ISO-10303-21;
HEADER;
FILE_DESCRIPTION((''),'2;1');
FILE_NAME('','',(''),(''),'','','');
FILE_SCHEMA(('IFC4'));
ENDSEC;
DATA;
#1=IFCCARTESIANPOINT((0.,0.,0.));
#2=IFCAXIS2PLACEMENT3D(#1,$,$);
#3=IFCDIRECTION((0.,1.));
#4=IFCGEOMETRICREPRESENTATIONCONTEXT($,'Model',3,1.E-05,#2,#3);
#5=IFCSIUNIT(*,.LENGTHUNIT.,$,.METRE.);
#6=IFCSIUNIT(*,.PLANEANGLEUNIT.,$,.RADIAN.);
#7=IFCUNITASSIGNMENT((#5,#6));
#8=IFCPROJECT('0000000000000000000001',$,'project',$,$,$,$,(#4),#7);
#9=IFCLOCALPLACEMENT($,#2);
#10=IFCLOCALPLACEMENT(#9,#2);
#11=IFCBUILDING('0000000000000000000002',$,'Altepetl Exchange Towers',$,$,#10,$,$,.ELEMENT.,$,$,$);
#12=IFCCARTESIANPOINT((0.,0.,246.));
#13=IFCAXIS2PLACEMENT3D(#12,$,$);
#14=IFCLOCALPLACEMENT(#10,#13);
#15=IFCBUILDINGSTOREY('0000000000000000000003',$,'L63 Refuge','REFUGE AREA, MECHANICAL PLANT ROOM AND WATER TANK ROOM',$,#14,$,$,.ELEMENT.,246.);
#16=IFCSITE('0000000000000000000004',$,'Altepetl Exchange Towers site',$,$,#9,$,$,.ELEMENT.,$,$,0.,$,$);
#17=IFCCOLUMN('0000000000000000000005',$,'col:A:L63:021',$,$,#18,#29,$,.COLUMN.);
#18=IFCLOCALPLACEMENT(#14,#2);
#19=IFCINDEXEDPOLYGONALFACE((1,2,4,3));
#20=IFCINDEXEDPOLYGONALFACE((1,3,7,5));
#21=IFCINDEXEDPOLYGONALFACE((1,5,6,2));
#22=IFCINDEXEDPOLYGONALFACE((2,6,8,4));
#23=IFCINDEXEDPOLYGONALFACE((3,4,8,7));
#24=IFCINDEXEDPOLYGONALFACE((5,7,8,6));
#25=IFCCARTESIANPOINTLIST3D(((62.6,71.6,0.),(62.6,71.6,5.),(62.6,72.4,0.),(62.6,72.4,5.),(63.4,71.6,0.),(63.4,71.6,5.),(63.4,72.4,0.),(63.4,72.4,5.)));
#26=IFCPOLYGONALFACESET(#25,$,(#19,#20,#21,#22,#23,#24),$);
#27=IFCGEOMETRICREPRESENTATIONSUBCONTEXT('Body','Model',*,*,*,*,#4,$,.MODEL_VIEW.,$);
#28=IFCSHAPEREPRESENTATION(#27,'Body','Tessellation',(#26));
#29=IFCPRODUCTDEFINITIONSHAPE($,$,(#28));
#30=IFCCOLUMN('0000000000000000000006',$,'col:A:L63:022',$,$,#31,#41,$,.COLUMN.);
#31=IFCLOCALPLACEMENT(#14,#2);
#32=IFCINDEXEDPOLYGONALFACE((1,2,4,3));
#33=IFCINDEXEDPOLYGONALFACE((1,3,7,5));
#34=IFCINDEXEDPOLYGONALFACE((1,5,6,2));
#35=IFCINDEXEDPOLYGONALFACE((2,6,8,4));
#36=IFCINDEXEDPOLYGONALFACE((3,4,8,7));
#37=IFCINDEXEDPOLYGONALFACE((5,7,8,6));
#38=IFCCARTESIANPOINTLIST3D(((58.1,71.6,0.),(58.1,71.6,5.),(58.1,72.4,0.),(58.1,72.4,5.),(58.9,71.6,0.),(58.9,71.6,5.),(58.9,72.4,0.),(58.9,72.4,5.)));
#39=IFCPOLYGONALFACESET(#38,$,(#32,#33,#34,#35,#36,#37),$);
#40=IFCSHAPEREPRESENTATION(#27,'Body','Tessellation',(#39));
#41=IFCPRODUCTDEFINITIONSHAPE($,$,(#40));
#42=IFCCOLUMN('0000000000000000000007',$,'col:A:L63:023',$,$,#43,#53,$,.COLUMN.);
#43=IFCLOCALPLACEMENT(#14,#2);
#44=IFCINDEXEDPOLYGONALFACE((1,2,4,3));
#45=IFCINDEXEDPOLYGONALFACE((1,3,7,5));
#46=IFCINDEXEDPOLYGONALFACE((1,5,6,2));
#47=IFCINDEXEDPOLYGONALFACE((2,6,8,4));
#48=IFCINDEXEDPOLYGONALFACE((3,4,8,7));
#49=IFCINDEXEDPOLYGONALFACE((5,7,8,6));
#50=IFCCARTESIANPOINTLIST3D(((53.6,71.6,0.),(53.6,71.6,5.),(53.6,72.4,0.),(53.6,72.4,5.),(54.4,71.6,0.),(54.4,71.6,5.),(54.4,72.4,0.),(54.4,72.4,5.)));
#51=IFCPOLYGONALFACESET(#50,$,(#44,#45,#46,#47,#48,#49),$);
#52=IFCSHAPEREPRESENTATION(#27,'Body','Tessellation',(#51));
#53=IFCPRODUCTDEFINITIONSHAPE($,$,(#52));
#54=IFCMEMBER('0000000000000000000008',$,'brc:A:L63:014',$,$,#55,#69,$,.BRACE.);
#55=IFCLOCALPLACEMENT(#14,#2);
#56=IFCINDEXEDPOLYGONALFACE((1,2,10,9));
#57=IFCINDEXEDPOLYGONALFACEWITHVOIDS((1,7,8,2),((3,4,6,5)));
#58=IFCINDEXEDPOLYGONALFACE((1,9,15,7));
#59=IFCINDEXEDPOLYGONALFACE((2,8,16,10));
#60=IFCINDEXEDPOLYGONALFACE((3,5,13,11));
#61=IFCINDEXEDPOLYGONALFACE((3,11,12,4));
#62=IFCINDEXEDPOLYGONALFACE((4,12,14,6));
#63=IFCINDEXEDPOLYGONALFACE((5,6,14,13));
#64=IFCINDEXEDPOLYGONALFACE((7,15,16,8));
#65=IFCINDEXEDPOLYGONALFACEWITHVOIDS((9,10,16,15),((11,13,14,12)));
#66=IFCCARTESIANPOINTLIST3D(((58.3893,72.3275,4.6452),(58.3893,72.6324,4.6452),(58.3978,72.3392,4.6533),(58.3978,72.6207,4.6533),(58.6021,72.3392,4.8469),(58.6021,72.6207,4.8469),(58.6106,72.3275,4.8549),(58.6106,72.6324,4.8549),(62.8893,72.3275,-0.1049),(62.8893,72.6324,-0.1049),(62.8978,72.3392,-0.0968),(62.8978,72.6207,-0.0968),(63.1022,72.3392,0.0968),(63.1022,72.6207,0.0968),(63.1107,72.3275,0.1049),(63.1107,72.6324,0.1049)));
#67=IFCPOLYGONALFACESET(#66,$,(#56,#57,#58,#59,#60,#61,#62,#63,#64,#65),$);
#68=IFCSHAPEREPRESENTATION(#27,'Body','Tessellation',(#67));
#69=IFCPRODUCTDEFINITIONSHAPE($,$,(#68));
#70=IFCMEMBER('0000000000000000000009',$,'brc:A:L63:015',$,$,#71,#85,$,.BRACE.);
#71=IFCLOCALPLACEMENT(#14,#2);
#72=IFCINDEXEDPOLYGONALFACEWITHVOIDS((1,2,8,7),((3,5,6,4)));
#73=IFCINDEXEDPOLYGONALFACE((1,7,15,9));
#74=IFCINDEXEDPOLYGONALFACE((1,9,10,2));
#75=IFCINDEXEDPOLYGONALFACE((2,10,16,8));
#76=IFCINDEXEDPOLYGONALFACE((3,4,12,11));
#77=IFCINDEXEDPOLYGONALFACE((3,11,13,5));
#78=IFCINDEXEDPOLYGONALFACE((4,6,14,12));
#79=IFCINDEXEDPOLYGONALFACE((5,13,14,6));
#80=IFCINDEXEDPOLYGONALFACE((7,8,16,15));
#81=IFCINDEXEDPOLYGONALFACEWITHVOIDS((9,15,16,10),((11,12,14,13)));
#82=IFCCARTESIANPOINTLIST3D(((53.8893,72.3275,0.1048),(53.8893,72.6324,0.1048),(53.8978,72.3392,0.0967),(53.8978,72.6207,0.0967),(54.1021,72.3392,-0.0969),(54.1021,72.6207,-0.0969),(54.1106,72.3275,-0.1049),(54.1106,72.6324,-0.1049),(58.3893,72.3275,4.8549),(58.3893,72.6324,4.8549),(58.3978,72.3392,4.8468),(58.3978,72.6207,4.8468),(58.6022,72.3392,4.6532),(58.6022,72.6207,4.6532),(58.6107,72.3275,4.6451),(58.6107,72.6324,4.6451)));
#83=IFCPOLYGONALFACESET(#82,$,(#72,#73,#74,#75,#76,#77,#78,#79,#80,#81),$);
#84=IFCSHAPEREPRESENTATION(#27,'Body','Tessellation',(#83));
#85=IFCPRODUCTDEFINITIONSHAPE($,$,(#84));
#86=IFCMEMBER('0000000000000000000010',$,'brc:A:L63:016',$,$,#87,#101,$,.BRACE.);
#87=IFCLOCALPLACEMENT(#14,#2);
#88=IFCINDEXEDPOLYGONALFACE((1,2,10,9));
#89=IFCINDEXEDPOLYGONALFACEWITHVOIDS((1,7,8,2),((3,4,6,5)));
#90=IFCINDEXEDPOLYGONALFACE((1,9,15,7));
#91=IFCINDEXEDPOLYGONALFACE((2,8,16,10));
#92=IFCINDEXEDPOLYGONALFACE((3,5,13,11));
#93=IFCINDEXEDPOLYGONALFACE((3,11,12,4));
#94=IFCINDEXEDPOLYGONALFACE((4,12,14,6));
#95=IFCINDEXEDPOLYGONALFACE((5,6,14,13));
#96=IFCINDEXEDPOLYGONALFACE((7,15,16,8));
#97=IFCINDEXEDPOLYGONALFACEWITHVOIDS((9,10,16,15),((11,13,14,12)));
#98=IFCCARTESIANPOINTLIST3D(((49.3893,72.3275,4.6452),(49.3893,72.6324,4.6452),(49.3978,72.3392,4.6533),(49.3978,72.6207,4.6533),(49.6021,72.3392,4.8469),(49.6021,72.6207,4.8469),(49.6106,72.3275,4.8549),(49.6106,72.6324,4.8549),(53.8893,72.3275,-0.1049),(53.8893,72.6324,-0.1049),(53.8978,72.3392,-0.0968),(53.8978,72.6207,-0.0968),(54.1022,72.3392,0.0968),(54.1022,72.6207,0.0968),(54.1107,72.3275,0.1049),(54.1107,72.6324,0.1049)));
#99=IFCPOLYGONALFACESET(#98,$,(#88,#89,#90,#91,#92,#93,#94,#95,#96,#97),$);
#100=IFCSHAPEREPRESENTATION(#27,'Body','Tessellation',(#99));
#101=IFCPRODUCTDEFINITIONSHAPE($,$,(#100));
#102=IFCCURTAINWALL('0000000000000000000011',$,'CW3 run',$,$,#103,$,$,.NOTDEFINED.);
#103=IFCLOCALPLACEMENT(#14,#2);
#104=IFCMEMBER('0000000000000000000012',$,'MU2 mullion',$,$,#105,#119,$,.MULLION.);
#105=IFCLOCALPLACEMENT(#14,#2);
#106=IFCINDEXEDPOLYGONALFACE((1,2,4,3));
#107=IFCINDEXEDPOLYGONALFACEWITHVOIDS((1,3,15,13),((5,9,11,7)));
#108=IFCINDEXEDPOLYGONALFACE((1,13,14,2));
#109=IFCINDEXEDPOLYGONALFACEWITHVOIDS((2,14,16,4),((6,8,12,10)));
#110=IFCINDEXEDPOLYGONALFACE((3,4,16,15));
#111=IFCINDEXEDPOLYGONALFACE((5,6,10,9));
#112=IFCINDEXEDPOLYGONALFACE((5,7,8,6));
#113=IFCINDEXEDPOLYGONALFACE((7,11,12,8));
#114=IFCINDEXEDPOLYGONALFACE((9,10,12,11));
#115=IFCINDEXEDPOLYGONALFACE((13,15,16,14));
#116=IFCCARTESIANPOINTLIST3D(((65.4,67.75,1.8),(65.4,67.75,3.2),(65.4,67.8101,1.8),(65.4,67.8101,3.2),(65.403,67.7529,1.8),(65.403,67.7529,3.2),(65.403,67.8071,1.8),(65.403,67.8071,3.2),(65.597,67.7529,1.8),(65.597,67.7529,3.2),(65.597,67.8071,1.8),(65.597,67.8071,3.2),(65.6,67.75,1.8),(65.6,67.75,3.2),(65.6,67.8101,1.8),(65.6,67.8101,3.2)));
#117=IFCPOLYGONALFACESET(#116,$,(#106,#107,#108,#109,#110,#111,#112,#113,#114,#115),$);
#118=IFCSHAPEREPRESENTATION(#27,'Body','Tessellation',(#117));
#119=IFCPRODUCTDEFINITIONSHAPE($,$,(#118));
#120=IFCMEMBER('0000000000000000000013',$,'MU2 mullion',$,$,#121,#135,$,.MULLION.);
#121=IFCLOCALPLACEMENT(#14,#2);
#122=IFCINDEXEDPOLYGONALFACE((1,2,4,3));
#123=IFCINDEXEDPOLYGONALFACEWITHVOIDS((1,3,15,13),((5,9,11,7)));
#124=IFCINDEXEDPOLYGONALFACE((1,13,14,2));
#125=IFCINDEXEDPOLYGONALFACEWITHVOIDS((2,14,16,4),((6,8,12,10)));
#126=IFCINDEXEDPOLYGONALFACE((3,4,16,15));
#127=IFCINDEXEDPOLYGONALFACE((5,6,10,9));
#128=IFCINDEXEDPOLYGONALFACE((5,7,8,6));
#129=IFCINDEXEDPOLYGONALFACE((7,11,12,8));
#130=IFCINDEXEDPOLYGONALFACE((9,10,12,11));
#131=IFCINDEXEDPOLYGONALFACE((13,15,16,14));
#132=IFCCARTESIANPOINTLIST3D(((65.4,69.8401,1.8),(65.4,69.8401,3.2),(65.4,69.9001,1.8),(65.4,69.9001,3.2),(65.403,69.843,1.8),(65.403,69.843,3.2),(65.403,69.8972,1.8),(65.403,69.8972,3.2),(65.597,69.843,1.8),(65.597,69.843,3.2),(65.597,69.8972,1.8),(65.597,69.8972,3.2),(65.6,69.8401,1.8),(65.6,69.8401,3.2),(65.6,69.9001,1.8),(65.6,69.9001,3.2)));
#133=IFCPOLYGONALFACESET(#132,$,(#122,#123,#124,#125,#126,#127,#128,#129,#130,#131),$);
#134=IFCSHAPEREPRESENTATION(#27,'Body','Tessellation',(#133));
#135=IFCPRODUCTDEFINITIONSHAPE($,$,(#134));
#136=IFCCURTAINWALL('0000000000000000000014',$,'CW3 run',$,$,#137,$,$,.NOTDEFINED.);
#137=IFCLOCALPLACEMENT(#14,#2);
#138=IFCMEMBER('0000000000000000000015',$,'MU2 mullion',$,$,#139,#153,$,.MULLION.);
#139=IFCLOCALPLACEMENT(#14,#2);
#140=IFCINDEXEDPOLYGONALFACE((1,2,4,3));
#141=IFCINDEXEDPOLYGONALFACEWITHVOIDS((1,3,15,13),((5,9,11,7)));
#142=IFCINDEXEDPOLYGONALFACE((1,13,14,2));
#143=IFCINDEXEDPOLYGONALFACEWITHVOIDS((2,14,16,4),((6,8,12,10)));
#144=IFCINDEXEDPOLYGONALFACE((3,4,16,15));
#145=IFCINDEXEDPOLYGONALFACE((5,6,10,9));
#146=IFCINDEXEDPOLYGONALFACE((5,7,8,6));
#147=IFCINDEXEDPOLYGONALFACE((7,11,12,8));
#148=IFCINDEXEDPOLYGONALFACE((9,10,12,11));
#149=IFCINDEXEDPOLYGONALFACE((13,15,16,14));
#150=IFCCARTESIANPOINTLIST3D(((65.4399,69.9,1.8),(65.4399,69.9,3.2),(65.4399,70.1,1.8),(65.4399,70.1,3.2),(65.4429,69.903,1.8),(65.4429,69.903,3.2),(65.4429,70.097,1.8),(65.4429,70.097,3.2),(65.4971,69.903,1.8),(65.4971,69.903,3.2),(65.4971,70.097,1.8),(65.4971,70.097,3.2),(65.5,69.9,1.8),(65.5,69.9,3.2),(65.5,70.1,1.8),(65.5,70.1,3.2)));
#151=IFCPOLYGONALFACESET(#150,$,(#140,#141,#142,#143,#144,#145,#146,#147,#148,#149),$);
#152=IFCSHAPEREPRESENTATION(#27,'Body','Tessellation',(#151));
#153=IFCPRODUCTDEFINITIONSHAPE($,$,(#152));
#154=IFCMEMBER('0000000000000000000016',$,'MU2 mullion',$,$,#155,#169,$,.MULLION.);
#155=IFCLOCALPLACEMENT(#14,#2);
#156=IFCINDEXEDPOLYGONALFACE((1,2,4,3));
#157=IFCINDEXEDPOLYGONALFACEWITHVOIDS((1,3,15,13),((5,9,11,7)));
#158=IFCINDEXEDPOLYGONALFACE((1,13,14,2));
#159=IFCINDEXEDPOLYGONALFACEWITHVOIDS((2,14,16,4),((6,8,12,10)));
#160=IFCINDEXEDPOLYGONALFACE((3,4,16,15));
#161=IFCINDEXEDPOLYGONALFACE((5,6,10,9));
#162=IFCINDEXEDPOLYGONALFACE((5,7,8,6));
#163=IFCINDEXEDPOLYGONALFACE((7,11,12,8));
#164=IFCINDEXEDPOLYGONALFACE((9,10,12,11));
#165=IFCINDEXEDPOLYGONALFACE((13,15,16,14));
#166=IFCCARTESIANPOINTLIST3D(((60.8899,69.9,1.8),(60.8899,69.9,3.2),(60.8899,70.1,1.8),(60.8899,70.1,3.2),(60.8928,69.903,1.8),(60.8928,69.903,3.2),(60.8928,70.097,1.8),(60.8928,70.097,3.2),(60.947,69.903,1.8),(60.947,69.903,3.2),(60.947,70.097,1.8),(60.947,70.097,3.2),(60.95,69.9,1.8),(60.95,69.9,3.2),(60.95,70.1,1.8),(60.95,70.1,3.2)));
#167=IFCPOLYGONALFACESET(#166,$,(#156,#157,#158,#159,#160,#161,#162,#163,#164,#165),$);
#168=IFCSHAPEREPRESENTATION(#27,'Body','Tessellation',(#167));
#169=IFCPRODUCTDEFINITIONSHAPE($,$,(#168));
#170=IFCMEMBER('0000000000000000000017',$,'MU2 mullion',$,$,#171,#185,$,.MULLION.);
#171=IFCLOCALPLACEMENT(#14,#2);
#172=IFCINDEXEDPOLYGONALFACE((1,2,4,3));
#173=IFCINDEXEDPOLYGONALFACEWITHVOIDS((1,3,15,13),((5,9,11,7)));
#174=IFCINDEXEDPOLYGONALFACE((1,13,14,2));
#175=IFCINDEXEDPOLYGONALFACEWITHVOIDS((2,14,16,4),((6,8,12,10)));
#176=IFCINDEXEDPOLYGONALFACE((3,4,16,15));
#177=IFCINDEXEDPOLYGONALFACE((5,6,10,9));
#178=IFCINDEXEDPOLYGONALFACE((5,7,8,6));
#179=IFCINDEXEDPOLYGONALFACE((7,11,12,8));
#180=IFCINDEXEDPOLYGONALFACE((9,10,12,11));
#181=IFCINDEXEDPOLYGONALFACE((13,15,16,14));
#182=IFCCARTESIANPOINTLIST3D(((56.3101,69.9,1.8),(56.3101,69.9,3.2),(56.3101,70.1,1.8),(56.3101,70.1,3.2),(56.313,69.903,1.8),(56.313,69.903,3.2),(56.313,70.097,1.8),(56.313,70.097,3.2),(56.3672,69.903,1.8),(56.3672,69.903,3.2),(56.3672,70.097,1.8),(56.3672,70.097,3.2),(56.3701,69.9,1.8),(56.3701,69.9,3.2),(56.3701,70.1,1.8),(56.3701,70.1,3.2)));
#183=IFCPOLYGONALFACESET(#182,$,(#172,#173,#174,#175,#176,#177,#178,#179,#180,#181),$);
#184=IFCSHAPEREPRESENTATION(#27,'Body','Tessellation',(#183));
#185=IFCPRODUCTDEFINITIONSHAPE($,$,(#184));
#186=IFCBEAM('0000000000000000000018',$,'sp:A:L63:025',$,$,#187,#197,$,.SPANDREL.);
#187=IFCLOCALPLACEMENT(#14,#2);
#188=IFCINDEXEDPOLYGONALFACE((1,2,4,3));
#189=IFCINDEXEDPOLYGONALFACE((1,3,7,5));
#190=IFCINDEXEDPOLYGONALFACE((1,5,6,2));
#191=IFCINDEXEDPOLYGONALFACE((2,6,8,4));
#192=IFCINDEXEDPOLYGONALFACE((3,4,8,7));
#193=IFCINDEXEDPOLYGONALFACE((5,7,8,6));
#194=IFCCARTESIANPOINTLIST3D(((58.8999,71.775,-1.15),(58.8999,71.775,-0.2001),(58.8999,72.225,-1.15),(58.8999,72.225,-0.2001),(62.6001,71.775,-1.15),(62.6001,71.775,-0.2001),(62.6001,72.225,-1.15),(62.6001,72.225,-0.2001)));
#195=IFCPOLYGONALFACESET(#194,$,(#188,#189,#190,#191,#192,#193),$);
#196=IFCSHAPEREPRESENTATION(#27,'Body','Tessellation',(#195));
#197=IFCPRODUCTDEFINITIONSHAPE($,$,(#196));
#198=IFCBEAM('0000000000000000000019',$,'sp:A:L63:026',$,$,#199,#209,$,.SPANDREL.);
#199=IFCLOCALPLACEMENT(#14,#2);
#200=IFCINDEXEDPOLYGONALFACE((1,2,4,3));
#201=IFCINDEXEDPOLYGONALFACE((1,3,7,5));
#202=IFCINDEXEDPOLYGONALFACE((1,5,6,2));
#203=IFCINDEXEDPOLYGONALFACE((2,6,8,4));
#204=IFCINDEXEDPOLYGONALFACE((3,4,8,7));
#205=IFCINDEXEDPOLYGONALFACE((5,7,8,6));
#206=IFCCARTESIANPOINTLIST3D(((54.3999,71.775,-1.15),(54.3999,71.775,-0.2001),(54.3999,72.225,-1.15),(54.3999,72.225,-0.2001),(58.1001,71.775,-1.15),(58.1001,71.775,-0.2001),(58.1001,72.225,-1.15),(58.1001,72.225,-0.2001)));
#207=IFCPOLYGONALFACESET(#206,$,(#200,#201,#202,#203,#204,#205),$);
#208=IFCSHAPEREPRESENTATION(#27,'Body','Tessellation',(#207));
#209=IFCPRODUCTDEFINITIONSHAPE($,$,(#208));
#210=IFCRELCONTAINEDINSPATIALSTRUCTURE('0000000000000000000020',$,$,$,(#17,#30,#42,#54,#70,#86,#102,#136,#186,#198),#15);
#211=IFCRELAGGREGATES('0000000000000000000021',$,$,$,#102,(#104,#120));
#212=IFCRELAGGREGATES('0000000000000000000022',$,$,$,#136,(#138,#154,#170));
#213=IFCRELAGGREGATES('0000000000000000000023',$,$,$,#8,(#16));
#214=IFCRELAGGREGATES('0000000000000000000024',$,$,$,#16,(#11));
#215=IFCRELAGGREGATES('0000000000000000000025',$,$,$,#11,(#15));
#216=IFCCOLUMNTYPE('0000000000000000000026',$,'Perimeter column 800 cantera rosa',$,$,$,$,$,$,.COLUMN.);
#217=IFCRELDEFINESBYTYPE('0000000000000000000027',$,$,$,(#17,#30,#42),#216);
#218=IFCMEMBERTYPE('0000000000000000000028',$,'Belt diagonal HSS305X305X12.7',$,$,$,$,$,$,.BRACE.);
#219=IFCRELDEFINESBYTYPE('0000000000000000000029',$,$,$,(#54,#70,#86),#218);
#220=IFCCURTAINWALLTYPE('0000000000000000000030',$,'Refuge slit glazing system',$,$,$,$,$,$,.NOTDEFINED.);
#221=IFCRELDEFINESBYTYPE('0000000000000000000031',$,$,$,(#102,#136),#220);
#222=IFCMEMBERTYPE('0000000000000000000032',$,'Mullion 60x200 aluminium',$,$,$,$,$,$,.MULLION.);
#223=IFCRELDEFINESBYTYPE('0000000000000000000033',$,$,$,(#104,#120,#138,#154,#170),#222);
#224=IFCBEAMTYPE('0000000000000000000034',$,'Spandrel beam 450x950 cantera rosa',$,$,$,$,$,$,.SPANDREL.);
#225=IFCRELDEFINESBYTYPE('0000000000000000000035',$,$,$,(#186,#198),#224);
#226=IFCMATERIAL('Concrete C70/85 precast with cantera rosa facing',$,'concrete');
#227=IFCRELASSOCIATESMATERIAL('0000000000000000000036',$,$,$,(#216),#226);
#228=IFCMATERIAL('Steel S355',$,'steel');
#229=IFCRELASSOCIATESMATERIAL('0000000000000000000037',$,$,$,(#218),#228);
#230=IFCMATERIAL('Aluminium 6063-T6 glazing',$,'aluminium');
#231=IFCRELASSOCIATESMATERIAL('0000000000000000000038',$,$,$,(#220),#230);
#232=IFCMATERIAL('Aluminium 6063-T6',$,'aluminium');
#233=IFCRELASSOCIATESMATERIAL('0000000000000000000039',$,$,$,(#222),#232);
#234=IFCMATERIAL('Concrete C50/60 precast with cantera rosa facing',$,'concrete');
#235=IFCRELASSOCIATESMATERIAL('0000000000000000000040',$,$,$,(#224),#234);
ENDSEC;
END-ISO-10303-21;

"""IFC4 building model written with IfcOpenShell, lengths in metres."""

from ifc_helpers import new_model, si_unit, direction, frame, origin, origin_2d, place, context, subcontext, project, spatial, rectangle, hollow_rectangle, extrude, material, material_profile, profile_set, type_object, element, aggregate, save


model = new_model("IFC4")

# Units and contexts
model_context = context("Model", 3, precision=1e-05, world=origin(), true_north=direction((0.0, 1.0)))
body_context = subcontext(model_context, "Body", "Model", "MODEL_VIEW")
ifc_project = project(units=[si_unit("LENGTHUNIT", "METRE"), si_unit("PLANEANGLEUNIT", "RADIAN")], contexts=[model_context])

# Site, building, storey
site_placement = place(None, origin())
site = spatial("IfcSite", under=ifc_project, at=site_placement, Name="Altepetl Exchange Towers site", CompositionType="ELEMENT", RefElevation=0.0)
building_placement = place(site_placement, origin())
building = spatial("IfcBuilding", under=site, at=building_placement, Name="Altepetl Exchange Towers", CompositionType="ELEMENT")
storey_placement = place(building_placement, frame((0.0, 0.0, 246.0)))
storey = spatial("IfcBuildingStorey", under=building, at=storey_placement, Name="L63 Refuge", Description="REFUGE AREA, MECHANICAL PLANT ROOM AND WATER TANK ROOM", CompositionType="ELEMENT", Elevation=246.0)

# Columns
ifc_material_1 = material(Name="Concrete C70/85 precast with cantera rosa facing", Category="concrete")
ifc_material_profile_1 = material_profile(ifc_material_1, rectangle(XDim=0.8, YDim=0.8, at=origin_2d()), Name="800 x 800")
ifc_profile_set_1 = profile_set([ifc_material_profile_1], Name="Concrete C70/85 precast with cantera rosa facing")
column_type = type_object("IfcColumnType", Name="Perimeter column 800 cantera rosa", PredefinedType="COLUMN", material=ifc_profile_set_1)
for number, where, name in (
    (1, (63.0, 72.0, 0.0), "col:A:L63:021"),
    (2, (58.5, 72.0, 0.0), "col:A:L63:022"),
    (3, (54.0, 72.0, 0.0), "col:A:L63:023"),
):
    element("IfcColumn", number, at=place(storey_placement, frame(where)), inside=storey, type_object=column_type, Name=name, PredefinedType="COLUMN", context=body_context, shape_type="SweptSolid", body=[
        extrude(rectangle(XDim=0.8, YDim=0.8, at=origin_2d()), origin(), (0.0, 0.0, 1.0), 5.0),
    ])

# Members
ifc_material_2 = material(Name="Steel S355", Category="steel")
ifc_material_profile_2 = material_profile(ifc_material_2, hollow_rectangle(XDim=0.3049, YDim=0.3049, WallThickness=0.0117, at=origin_2d()), Name="HSS305X305X12.7")
ifc_profile_set_2 = profile_set([ifc_material_profile_2], Name="Steel S355")
member_type_1 = type_object("IfcMemberType", Name="Belt diagonal HSS305X305X12.7", PredefinedType="BRACE", material=ifc_profile_set_2)
for number, where, z_axis, x_axis, name in (
    (4, (63.0, 72.48, 0.0), (-0.687745, 0.0, 0.725953), (0.0, -1.0, 0.0), "brc:A:L63:014"),
    (5, (58.5, 72.48, 4.75), (-0.687745, 0.0, -0.725953), (0.0, -1.0, 0.0), "brc:A:L63:015"),
    (6, (54.0, 72.48, 0.0), (-0.687745, 0.0, 0.725953), (0.0, -1.0, 0.0), "brc:A:L63:016"),
):
    element("IfcMember", number, at=place(storey_placement, frame(where, z_axis=z_axis, x_axis=x_axis)), inside=storey, type_object=member_type_1, Name=name, PredefinedType="BRACE", context=body_context, shape_type="SweptSolid", body=[
        extrude(hollow_rectangle(XDim=0.3049, YDim=0.3049, WallThickness=0.0117, at=origin_2d()), origin(), (0.0, 0.0, 1.0), 6.5432),
    ])

# Curtain walls, members
ifc_material_3 = material(Name="Aluminium 6063-T6 glazing", Category="aluminium")
curtain_wall_type = type_object("IfcCurtainWallType", Name="Refuge slit glazing system", PredefinedType="NOTDEFINED", material=ifc_material_3)
curtain_wall_1_placement = place(storey_placement, origin())
curtain_wall_1 = element("IfcCurtainWall", 7, at=curtain_wall_1_placement, inside=storey, type_object=curtain_wall_type, Name="CW3 run", PredefinedType="NOTDEFINED")
ifc_material_4 = material(Name="Aluminium 6063-T6", Category="aluminium")
ifc_material_profile_3 = material_profile(ifc_material_4, hollow_rectangle(XDim=0.0601, YDim=0.2, WallThickness=0.0029, at=origin_2d()), Name="Mullion 60x200 aluminium")
ifc_profile_set_3 = profile_set([ifc_material_profile_3], Name="Aluminium 6063-T6")
member_type_2 = type_object("IfcMemberType", Name="Mullion 60x200 aluminium", PredefinedType="MULLION", material=ifc_profile_set_3)
member_1_placement = place(storey_placement, frame((65.5, 67.78, 1.8), z_axis=(0.0, 0.0, 1.0), x_axis=(0.0, 1.0, 0.0)))
member_1 = element("IfcMember", 8, at=member_1_placement, type_object=member_type_2, Name="MU2 mullion", PredefinedType="MULLION", context=body_context, shape_type="SweptSolid", body=[
    extrude(hollow_rectangle(XDim=0.0601, YDim=0.2, WallThickness=0.0029, at=origin_2d()), origin(), (0.0, 0.0, 1.0), 1.3999),
])
member_2_placement = place(storey_placement, frame((65.5, 69.8701, 1.8), z_axis=(0.0, 0.0, 1.0), x_axis=(0.0, 1.0, 0.0)))
member_2 = element("IfcMember", 9, at=member_2_placement, type_object=member_type_2, Name="MU2 mullion", PredefinedType="MULLION", context=body_context, shape_type="SweptSolid", body=[
    extrude(hollow_rectangle(XDim=0.0601, YDim=0.2, WallThickness=0.0029, at=origin_2d()), origin(), (0.0, 0.0, 1.0), 1.3999),
])
curtain_wall_2_placement = place(storey_placement, origin())
curtain_wall_2 = element("IfcCurtainWall", 10, at=curtain_wall_2_placement, inside=storey, type_object=curtain_wall_type, Name="CW3 run", PredefinedType="NOTDEFINED")
member_3_placement = place(storey_placement, frame((65.47, 70.0, 1.8), z_axis=(0.0, 0.0, 1.0), x_axis=(-1.0, 0.0, 0.0)))
member_3 = element("IfcMember", 11, at=member_3_placement, type_object=member_type_2, Name="MU2 mullion", PredefinedType="MULLION", context=body_context, shape_type="SweptSolid", body=[
    extrude(hollow_rectangle(XDim=0.0601, YDim=0.2, WallThickness=0.0029, at=origin_2d()), origin(), (0.0, 0.0, 1.0), 1.3999),
])
member_4_placement = place(storey_placement, frame((60.9199, 70.0, 1.8), z_axis=(0.0, 0.0, 1.0), x_axis=(-1.0, 0.0, 0.0)))
member_4 = element("IfcMember", 12, at=member_4_placement, type_object=member_type_2, Name="MU2 mullion", PredefinedType="MULLION", context=body_context, shape_type="SweptSolid", body=[
    extrude(hollow_rectangle(XDim=0.0601, YDim=0.2, WallThickness=0.0029, at=origin_2d()), origin(), (0.0, 0.0, 1.0), 1.3999),
])
member_5_placement = place(storey_placement, frame((56.3401, 70.0, 1.8), z_axis=(0.0, 0.0, 1.0), x_axis=(-1.0, 0.0, 0.0)))
member_5 = element("IfcMember", 13, at=member_5_placement, type_object=member_type_2, Name="MU2 mullion", PredefinedType="MULLION", context=body_context, shape_type="SweptSolid", body=[
    extrude(hollow_rectangle(XDim=0.0601, YDim=0.2, WallThickness=0.0029, at=origin_2d()), origin(), (0.0, 0.0, 1.0), 1.3999),
])

# Beams
ifc_material_5 = material(Name="Concrete C50/60 precast with cantera rosa facing", Category="concrete")
ifc_material_profile_4 = material_profile(ifc_material_5, rectangle(XDim=0.45, YDim=0.95, at=origin_2d()), Name="450 x 950")
ifc_profile_set_4 = profile_set([ifc_material_profile_4], Name="Concrete C50/60 precast with cantera rosa facing")
beam_type = type_object("IfcBeamType", Name="Spandrel beam 450x950 cantera rosa", PredefinedType="SPANDREL", material=ifc_profile_set_4)
for number, where, z_axis, x_axis, name in (
    (14, (62.6001, 72.0, -0.675), (-1.0, 0.0, 0.0), (0.0, -1.0, 0.0), "sp:A:L63:025"),
    (15, (58.1001, 72.0, -0.675), (-1.0, 0.0, 0.0), (0.0, -1.0, 0.0), "sp:A:L63:026"),
):
    element("IfcBeam", number, at=place(storey_placement, frame(where, z_axis=z_axis, x_axis=x_axis)), inside=storey, type_object=beam_type, Name=name, PredefinedType="SPANDREL", context=body_context, shape_type="SweptSolid", body=[
        extrude(rectangle(XDim=0.45, YDim=0.95, at=origin_2d()), origin(), (0.0, 0.0, 1.0), 3.7002),
    ])

aggregate(curtain_wall_1, [member_1, member_2])
aggregate(curtain_wall_2, [member_3, member_4, member_5])

save(model, "model.ifc")
